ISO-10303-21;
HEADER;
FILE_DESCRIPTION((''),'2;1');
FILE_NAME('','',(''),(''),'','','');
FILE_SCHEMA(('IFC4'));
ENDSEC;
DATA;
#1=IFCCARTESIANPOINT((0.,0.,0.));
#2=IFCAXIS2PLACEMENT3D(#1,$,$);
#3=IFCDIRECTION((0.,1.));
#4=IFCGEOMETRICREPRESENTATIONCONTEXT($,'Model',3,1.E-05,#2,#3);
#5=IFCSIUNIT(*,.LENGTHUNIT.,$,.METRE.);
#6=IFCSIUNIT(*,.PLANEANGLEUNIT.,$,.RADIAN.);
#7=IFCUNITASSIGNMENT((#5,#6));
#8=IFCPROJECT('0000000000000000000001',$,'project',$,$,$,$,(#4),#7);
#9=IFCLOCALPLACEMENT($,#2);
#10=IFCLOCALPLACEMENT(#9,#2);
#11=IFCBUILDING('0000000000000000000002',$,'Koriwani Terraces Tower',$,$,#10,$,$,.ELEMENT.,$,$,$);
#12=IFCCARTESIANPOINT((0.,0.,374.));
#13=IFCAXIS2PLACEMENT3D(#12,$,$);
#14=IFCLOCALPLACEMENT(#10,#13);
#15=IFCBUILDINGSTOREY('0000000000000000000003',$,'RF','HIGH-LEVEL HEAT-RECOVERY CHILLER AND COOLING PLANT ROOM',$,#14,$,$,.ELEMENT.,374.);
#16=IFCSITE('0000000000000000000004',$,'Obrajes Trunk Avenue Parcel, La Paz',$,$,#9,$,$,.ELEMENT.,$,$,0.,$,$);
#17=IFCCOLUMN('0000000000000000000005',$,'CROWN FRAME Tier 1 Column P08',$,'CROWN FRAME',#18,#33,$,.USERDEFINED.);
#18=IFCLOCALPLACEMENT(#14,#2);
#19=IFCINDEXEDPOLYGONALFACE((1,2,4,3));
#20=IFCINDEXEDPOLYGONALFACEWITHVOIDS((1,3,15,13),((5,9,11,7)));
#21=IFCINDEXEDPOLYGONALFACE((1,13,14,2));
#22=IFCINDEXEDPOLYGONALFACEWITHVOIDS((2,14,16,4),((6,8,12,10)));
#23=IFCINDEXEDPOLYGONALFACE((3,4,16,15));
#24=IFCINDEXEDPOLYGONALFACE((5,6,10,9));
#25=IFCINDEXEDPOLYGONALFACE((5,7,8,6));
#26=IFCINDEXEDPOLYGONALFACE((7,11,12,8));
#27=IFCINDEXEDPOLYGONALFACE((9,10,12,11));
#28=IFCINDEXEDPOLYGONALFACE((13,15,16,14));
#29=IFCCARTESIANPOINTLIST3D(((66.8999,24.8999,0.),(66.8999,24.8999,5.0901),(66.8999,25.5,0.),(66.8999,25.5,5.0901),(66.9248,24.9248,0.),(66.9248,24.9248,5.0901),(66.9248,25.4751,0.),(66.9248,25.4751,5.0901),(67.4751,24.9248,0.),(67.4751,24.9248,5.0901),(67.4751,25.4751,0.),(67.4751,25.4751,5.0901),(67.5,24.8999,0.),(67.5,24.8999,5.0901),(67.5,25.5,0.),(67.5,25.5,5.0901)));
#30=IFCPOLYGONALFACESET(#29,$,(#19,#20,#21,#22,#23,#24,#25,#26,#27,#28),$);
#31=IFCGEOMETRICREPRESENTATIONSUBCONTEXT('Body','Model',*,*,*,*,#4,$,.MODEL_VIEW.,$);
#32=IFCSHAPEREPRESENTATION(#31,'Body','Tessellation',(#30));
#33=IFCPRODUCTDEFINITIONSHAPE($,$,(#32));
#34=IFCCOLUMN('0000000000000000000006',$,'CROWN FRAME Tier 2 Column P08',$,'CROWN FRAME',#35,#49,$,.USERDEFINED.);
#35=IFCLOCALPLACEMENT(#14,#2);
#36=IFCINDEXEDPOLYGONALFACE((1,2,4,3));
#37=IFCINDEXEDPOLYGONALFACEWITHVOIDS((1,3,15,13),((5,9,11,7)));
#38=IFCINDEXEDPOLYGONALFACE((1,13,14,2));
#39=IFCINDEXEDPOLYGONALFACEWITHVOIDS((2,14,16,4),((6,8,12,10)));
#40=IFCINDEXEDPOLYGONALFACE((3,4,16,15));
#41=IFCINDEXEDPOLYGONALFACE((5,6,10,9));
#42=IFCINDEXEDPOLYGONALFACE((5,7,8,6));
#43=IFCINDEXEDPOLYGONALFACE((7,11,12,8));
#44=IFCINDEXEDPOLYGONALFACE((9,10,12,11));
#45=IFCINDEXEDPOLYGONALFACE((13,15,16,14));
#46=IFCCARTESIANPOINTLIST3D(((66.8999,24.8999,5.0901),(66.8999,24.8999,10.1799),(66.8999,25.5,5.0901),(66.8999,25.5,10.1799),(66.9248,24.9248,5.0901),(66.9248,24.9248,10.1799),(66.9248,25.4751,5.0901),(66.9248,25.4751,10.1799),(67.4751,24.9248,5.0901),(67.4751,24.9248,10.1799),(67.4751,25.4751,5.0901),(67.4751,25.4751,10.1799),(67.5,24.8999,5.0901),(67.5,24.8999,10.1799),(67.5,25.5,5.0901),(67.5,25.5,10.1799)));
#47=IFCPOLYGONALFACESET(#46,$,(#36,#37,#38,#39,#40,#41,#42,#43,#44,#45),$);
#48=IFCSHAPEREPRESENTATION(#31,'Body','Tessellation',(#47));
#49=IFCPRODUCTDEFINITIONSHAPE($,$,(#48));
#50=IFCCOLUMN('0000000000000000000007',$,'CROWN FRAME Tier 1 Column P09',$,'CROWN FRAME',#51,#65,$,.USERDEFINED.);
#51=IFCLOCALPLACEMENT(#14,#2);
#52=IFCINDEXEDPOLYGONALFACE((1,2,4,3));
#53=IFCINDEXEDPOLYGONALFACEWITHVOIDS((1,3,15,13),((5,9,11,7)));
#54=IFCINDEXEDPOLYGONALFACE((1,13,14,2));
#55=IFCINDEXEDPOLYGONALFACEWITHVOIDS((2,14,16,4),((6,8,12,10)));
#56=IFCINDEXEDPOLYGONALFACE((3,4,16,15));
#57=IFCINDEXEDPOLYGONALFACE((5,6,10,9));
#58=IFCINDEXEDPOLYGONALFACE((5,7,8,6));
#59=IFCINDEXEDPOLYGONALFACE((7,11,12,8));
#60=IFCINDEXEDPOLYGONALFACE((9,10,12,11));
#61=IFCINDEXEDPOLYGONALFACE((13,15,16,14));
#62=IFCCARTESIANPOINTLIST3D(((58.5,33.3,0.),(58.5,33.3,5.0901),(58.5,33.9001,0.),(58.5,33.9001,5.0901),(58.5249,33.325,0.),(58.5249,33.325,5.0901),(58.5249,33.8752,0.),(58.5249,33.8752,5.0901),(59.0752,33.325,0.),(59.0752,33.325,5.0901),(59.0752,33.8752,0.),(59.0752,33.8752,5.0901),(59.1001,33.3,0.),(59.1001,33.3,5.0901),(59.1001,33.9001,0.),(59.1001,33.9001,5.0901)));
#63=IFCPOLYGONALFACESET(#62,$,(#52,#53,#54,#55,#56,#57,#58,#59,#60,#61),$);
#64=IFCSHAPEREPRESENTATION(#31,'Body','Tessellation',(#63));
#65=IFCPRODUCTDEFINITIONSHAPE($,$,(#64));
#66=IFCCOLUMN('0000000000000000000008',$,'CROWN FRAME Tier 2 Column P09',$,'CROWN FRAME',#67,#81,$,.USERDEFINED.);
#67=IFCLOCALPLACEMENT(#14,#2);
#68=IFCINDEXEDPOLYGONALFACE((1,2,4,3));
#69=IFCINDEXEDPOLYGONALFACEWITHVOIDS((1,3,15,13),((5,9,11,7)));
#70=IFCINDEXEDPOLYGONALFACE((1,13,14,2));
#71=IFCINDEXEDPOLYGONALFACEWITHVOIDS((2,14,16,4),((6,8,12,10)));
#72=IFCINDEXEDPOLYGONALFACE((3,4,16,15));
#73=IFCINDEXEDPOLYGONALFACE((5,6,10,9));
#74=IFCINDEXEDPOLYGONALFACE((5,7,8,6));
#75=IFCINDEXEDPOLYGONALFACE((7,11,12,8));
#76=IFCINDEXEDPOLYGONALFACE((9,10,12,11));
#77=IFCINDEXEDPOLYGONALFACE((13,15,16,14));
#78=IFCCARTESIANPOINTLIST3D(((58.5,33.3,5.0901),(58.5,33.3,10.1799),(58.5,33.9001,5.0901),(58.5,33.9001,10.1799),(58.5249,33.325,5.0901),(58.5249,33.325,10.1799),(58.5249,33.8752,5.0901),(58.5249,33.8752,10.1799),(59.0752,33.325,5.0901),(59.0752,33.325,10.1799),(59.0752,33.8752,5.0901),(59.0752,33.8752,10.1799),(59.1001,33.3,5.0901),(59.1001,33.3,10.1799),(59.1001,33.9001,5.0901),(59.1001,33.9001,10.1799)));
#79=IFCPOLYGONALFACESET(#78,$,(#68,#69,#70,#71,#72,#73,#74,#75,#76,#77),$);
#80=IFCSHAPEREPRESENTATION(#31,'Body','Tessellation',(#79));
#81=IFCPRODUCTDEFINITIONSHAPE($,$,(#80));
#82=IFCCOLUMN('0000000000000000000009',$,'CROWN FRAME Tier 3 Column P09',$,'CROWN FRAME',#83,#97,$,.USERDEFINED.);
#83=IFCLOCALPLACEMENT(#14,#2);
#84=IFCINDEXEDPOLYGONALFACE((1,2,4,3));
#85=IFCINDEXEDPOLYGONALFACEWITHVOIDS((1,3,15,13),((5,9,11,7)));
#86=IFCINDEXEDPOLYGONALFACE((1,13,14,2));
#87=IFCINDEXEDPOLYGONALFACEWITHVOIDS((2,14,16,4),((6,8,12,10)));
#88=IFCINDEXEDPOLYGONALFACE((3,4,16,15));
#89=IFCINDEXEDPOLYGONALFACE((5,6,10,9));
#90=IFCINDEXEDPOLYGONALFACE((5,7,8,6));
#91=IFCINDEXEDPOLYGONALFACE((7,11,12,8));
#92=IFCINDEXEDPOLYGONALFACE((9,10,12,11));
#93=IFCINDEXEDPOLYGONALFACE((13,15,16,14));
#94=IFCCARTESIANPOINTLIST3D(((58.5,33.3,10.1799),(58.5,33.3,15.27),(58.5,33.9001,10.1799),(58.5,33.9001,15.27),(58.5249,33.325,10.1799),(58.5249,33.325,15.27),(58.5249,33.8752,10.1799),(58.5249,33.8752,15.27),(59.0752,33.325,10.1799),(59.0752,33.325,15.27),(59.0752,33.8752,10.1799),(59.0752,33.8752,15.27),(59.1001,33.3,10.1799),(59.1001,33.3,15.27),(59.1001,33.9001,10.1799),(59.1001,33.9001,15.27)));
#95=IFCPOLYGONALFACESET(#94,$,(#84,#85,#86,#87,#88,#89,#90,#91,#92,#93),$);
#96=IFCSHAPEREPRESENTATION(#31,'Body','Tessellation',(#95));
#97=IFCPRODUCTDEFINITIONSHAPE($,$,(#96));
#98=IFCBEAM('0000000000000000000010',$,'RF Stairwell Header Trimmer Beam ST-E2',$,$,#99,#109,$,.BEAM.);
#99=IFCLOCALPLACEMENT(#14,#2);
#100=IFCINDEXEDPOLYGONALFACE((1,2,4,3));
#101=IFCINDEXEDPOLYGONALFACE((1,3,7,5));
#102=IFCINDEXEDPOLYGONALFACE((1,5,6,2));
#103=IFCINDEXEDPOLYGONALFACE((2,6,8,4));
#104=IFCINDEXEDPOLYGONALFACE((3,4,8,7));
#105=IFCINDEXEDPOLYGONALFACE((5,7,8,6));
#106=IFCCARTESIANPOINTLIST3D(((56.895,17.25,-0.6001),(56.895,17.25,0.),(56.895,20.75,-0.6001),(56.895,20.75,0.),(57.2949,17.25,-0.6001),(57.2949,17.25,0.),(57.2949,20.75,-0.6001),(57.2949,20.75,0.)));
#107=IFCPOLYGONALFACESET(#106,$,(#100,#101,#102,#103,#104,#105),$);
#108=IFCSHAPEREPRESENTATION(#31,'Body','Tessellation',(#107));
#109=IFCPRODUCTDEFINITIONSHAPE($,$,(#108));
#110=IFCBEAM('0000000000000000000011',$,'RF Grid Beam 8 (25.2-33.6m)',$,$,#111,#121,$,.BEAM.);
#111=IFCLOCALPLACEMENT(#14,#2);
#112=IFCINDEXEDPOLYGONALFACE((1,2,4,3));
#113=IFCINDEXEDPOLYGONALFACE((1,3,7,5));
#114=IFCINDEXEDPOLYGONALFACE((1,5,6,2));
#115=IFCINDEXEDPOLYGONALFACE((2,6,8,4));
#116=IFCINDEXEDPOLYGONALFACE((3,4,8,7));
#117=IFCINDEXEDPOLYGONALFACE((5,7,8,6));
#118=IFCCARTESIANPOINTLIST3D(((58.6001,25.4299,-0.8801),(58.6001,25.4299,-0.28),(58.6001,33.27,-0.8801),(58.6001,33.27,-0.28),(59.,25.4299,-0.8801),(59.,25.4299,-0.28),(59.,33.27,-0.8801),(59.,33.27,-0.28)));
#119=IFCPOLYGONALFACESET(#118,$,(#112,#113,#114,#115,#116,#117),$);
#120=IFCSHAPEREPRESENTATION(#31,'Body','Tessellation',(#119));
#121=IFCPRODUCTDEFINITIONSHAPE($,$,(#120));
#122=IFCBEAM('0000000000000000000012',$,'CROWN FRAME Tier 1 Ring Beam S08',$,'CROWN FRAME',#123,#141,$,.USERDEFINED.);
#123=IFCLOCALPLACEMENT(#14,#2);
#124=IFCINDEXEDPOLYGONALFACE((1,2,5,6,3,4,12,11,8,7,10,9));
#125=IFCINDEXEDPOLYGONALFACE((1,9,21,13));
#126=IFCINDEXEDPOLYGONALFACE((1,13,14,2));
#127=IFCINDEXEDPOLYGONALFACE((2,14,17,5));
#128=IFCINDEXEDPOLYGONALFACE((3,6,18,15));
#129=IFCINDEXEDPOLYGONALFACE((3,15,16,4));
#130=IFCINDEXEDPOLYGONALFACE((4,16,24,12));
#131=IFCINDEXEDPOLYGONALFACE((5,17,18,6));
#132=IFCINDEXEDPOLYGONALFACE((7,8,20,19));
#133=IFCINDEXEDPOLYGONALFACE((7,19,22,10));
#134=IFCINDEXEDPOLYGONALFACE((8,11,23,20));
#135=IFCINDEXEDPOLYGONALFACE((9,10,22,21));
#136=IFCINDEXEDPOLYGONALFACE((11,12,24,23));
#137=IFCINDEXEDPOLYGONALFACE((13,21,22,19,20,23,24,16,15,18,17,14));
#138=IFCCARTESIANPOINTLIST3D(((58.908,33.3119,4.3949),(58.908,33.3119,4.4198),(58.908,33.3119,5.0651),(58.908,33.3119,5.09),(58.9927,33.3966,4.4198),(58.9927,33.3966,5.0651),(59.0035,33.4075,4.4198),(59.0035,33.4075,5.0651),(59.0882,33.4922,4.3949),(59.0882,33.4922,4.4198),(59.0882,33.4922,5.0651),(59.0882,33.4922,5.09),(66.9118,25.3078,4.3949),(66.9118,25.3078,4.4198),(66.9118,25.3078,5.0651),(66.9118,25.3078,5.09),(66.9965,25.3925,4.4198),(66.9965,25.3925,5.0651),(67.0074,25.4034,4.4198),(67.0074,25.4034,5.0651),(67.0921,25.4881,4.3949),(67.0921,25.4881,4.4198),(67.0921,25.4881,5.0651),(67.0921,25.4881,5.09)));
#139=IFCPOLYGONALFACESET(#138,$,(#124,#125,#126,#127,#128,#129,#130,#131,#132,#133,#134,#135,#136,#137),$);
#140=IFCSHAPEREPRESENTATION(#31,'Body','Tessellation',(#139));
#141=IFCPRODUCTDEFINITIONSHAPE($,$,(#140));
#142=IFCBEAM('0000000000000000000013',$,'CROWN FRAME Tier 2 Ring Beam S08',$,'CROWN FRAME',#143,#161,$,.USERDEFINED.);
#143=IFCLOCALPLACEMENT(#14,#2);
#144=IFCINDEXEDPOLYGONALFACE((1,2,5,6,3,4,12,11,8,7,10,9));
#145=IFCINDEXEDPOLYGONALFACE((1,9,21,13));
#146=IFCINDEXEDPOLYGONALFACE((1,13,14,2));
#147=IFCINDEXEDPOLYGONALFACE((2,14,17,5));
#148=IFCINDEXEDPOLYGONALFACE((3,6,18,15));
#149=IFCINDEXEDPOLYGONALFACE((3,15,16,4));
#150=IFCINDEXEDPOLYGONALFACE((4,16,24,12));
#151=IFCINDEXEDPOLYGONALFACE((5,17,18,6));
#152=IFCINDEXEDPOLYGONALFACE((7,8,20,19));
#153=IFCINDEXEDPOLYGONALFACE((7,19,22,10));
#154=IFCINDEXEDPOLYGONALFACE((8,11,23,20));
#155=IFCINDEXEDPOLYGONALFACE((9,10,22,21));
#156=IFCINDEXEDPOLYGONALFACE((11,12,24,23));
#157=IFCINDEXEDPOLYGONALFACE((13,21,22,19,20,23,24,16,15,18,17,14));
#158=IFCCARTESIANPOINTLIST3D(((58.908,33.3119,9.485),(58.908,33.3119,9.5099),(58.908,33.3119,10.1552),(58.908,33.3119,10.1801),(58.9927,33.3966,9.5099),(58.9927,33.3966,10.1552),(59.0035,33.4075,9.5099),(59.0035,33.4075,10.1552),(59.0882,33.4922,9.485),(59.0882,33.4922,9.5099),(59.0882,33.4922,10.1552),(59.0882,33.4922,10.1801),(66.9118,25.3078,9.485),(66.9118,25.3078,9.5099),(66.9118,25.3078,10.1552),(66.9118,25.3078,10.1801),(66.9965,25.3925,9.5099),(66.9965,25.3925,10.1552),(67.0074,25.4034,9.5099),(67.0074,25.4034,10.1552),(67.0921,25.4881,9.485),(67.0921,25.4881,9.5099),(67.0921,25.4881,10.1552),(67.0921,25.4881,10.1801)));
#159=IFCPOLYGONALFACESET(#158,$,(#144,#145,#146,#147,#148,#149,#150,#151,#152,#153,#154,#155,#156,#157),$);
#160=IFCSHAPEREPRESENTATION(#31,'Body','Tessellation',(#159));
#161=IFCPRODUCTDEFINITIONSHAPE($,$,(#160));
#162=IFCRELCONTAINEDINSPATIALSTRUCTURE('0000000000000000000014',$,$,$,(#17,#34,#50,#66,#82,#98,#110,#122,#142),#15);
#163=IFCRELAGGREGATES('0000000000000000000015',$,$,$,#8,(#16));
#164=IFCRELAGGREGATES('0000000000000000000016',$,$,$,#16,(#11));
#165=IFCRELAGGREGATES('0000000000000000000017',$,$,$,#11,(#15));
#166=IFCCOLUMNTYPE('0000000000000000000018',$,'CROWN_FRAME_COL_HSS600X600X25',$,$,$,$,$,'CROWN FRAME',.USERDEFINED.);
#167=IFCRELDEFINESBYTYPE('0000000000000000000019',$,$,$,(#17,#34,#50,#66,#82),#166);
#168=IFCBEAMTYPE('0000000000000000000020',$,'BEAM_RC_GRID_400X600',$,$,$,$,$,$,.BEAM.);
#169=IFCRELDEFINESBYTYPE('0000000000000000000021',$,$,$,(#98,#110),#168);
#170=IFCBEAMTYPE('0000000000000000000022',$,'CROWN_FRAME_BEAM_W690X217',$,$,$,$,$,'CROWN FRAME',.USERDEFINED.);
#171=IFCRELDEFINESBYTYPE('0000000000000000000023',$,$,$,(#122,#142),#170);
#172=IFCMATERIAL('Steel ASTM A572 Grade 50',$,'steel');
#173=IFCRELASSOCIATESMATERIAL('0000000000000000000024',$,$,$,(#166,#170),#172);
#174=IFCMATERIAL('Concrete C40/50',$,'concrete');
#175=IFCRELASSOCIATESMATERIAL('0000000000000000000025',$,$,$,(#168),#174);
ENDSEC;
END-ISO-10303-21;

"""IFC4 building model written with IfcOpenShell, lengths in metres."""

from ifc_helpers import new_model, si_unit, direction, frame, origin, origin_2d, place, context, subcontext, project, spatial, rectangle, hollow_rectangle, i_section, extrude, material, material_profile, profile_set, type_object, element, save


model = new_model("IFC4")

# Units and contexts
model_context = context("Model", 3, precision=1e-05, world=origin(), true_north=direction((0.0, 1.0)))
body_context = subcontext(model_context, "Body", "Model", "MODEL_VIEW")
ifc_project = project(units=[si_unit("LENGTHUNIT", "METRE"), si_unit("PLANEANGLEUNIT", "RADIAN")], contexts=[model_context])

# Site, building, storey
site_placement = place(None, origin())
site = spatial("IfcSite", under=ifc_project, at=site_placement, Name="Obrajes Trunk Avenue Parcel, La Paz", CompositionType="ELEMENT", RefElevation=0.0)
building_placement = place(site_placement, origin())
building = spatial("IfcBuilding", under=site, at=building_placement, Name="Koriwani Terraces Tower", CompositionType="ELEMENT")
storey_placement = place(building_placement, frame((0.0, 0.0, 374.0)))
storey = spatial("IfcBuildingStorey", under=building, at=storey_placement, Name="RF", Description="HIGH-LEVEL HEAT-RECOVERY CHILLER AND COOLING PLANT ROOM", CompositionType="ELEMENT", Elevation=374.0)

# Columns
ifc_material_1 = material(Name="Steel ASTM A572 Grade 50", Category="steel")
ifc_material_profile_1 = material_profile(ifc_material_1, hollow_rectangle(XDim=0.6001, YDim=0.6001, WallThickness=0.0249, at=origin_2d()), Name="Steel ASTM A572 Grade 50", Category="LoadBearing")
ifc_profile_set_1 = profile_set([ifc_material_profile_1], Name="Steel ASTM A572 Grade 50")
column_type = type_object("IfcColumnType", Name="CROWN_FRAME_COL_HSS600X600X25", ElementType="CROWN FRAME", PredefinedType="USERDEFINED", material=ifc_profile_set_1)
column_1_placement = place(storey_placement, frame((67.2, 25.2, 0.0), z_axis=(0.0, 0.0, 1.0), x_axis=(1.0, 0.0, 0.0)))
element("IfcColumn", 1, at=column_1_placement, inside=storey, type_object=column_type, Name="CROWN FRAME Tier 1 Column P08", ObjectType="CROWN FRAME", PredefinedType="USERDEFINED", context=body_context, shape_type="SweptSolid", body=[
    extrude(hollow_rectangle(XDim=0.6001, YDim=0.6001, WallThickness=0.0249, at=origin_2d()), origin(), (0.0, 0.0, 1.0), 5.0901),
])
column_2_placement = place(storey_placement, frame((67.2, 25.2, 5.0901), z_axis=(0.0, 0.0, 1.0), x_axis=(1.0, 0.0, 0.0)))
element("IfcColumn", 2, at=column_2_placement, inside=storey, type_object=column_type, Name="CROWN FRAME Tier 2 Column P08", ObjectType="CROWN FRAME", PredefinedType="USERDEFINED", context=body_context, shape_type="SweptSolid", body=[
    extrude(hollow_rectangle(XDim=0.6001, YDim=0.6001, WallThickness=0.0249, at=origin_2d()), origin(), (0.0, 0.0, 1.0), 5.0898),
])
column_3_placement = place(storey_placement, frame((58.8, 33.6001, 0.0), z_axis=(0.0, 0.0, 1.0), x_axis=(1.0, 0.0, 0.0)))
element("IfcColumn", 3, at=column_3_placement, inside=storey, type_object=column_type, Name="CROWN FRAME Tier 1 Column P09", ObjectType="CROWN FRAME", PredefinedType="USERDEFINED", context=body_context, shape_type="SweptSolid", body=[
    extrude(hollow_rectangle(XDim=0.6001, YDim=0.6001, WallThickness=0.0249, at=origin_2d()), origin(), (0.0, 0.0, 1.0), 5.0901),
])
column_4_placement = place(storey_placement, frame((58.8, 33.6001, 5.0901), z_axis=(0.0, 0.0, 1.0), x_axis=(1.0, 0.0, 0.0)))
element("IfcColumn", 4, at=column_4_placement, inside=storey, type_object=column_type, Name="CROWN FRAME Tier 2 Column P09", ObjectType="CROWN FRAME", PredefinedType="USERDEFINED", context=body_context, shape_type="SweptSolid", body=[
    extrude(hollow_rectangle(XDim=0.6001, YDim=0.6001, WallThickness=0.0249, at=origin_2d()), origin(), (0.0, 0.0, 1.0), 5.0898),
])
column_5_placement = place(storey_placement, frame((58.8, 33.6001, 10.1799), z_axis=(0.0, 0.0, 1.0), x_axis=(1.0, 0.0, 0.0)))
element("IfcColumn", 5, at=column_5_placement, inside=storey, type_object=column_type, Name="CROWN FRAME Tier 3 Column P09", ObjectType="CROWN FRAME", PredefinedType="USERDEFINED", context=body_context, shape_type="SweptSolid", body=[
    extrude(hollow_rectangle(XDim=0.6001, YDim=0.6001, WallThickness=0.0249, at=origin_2d()), origin(), (0.0, 0.0, 1.0), 5.0901),
])

# Beams
ifc_material_2 = material(Name="Concrete C40/50", Category="concrete")
ifc_material_profile_2 = material_profile(ifc_material_2, rectangle(XDim=0.3999, YDim=0.6001, at=origin_2d()), Name="Concrete C40/50", Category="LoadBearing")
ifc_profile_set_2 = profile_set([ifc_material_profile_2], Name="Concrete C40/50")
beam_type_1 = type_object("IfcBeamType", Name="BEAM_RC_GRID_400X600", PredefinedType="BEAM", material=ifc_profile_set_2)
beam_1_placement = place(storey_placement, frame((57.095, 17.25, -0.3), z_axis=(0.0, 1.0, 0.0), x_axis=(-1.0, 0.0, 0.0)))
element("IfcBeam", 6, at=beam_1_placement, inside=storey, type_object=beam_type_1, Name="RF Stairwell Header Trimmer Beam ST-E2", PredefinedType="BEAM", context=body_context, shape_type="SweptSolid", body=[
    extrude(rectangle(XDim=0.3999, YDim=0.6001, at=origin_2d()), origin(), (0.0, 0.0, 1.0), 3.5),
])
beam_2_placement = place(storey_placement, frame((58.8, 25.4299, -0.5801), z_axis=(0.0, 1.0, 0.0), x_axis=(-1.0, 0.0, 0.0)))
element("IfcBeam", 7, at=beam_2_placement, inside=storey, type_object=beam_type_1, Name="RF Grid Beam 8 (25.2-33.6m)", PredefinedType="BEAM", context=body_context, shape_type="SweptSolid", body=[
    extrude(rectangle(XDim=0.3999, YDim=0.6001, at=origin_2d()), origin(), (0.0, 0.0, 1.0), 7.8401),
])
ifc_material_profile_3 = material_profile(ifc_material_1, i_section(OverallWidth=0.2549, OverallDepth=0.6951, WebThickness=0.0154, FlangeThickness=0.0249, at=origin_2d()), Name="Steel ASTM A572 Grade 50", Category="LoadBearing")
ifc_profile_set_3 = profile_set([ifc_material_profile_3], Name="Steel ASTM A572 Grade 50")
beam_type_2 = type_object("IfcBeamType", Name="CROWN_FRAME_BEAM_W690X217", ElementType="CROWN FRAME", PredefinedType="USERDEFINED", material=ifc_profile_set_3)
for number, where, z_axis, x_axis, name in (
    (8, (67.002, 25.3979, 4.7424), (-0.707096, 0.707118, 0.0), (-0.707118, -0.707096, 0.0), "CROWN FRAME Tier 1 Ring Beam S08"),
    (9, (67.002, 25.3979, 9.8325), (-0.707096, 0.707118, 0.0), (-0.707118, -0.707096, 0.0), "CROWN FRAME Tier 2 Ring Beam S08"),
):
    element("IfcBeam", number, at=place(storey_placement, frame(where, z_axis=z_axis, x_axis=x_axis)), inside=storey, type_object=beam_type_2, Name=name, ObjectType="CROWN FRAME", PredefinedType="USERDEFINED", context=body_context, shape_type="SweptSolid", body=[
        extrude(i_section(OverallWidth=0.2549, OverallDepth=0.6951, WebThickness=0.0154, FlangeThickness=0.0249, at=origin_2d()), origin(), (0.0, 0.0, 1.0), 11.3193),
    ])

save(model, "model.ifc")
